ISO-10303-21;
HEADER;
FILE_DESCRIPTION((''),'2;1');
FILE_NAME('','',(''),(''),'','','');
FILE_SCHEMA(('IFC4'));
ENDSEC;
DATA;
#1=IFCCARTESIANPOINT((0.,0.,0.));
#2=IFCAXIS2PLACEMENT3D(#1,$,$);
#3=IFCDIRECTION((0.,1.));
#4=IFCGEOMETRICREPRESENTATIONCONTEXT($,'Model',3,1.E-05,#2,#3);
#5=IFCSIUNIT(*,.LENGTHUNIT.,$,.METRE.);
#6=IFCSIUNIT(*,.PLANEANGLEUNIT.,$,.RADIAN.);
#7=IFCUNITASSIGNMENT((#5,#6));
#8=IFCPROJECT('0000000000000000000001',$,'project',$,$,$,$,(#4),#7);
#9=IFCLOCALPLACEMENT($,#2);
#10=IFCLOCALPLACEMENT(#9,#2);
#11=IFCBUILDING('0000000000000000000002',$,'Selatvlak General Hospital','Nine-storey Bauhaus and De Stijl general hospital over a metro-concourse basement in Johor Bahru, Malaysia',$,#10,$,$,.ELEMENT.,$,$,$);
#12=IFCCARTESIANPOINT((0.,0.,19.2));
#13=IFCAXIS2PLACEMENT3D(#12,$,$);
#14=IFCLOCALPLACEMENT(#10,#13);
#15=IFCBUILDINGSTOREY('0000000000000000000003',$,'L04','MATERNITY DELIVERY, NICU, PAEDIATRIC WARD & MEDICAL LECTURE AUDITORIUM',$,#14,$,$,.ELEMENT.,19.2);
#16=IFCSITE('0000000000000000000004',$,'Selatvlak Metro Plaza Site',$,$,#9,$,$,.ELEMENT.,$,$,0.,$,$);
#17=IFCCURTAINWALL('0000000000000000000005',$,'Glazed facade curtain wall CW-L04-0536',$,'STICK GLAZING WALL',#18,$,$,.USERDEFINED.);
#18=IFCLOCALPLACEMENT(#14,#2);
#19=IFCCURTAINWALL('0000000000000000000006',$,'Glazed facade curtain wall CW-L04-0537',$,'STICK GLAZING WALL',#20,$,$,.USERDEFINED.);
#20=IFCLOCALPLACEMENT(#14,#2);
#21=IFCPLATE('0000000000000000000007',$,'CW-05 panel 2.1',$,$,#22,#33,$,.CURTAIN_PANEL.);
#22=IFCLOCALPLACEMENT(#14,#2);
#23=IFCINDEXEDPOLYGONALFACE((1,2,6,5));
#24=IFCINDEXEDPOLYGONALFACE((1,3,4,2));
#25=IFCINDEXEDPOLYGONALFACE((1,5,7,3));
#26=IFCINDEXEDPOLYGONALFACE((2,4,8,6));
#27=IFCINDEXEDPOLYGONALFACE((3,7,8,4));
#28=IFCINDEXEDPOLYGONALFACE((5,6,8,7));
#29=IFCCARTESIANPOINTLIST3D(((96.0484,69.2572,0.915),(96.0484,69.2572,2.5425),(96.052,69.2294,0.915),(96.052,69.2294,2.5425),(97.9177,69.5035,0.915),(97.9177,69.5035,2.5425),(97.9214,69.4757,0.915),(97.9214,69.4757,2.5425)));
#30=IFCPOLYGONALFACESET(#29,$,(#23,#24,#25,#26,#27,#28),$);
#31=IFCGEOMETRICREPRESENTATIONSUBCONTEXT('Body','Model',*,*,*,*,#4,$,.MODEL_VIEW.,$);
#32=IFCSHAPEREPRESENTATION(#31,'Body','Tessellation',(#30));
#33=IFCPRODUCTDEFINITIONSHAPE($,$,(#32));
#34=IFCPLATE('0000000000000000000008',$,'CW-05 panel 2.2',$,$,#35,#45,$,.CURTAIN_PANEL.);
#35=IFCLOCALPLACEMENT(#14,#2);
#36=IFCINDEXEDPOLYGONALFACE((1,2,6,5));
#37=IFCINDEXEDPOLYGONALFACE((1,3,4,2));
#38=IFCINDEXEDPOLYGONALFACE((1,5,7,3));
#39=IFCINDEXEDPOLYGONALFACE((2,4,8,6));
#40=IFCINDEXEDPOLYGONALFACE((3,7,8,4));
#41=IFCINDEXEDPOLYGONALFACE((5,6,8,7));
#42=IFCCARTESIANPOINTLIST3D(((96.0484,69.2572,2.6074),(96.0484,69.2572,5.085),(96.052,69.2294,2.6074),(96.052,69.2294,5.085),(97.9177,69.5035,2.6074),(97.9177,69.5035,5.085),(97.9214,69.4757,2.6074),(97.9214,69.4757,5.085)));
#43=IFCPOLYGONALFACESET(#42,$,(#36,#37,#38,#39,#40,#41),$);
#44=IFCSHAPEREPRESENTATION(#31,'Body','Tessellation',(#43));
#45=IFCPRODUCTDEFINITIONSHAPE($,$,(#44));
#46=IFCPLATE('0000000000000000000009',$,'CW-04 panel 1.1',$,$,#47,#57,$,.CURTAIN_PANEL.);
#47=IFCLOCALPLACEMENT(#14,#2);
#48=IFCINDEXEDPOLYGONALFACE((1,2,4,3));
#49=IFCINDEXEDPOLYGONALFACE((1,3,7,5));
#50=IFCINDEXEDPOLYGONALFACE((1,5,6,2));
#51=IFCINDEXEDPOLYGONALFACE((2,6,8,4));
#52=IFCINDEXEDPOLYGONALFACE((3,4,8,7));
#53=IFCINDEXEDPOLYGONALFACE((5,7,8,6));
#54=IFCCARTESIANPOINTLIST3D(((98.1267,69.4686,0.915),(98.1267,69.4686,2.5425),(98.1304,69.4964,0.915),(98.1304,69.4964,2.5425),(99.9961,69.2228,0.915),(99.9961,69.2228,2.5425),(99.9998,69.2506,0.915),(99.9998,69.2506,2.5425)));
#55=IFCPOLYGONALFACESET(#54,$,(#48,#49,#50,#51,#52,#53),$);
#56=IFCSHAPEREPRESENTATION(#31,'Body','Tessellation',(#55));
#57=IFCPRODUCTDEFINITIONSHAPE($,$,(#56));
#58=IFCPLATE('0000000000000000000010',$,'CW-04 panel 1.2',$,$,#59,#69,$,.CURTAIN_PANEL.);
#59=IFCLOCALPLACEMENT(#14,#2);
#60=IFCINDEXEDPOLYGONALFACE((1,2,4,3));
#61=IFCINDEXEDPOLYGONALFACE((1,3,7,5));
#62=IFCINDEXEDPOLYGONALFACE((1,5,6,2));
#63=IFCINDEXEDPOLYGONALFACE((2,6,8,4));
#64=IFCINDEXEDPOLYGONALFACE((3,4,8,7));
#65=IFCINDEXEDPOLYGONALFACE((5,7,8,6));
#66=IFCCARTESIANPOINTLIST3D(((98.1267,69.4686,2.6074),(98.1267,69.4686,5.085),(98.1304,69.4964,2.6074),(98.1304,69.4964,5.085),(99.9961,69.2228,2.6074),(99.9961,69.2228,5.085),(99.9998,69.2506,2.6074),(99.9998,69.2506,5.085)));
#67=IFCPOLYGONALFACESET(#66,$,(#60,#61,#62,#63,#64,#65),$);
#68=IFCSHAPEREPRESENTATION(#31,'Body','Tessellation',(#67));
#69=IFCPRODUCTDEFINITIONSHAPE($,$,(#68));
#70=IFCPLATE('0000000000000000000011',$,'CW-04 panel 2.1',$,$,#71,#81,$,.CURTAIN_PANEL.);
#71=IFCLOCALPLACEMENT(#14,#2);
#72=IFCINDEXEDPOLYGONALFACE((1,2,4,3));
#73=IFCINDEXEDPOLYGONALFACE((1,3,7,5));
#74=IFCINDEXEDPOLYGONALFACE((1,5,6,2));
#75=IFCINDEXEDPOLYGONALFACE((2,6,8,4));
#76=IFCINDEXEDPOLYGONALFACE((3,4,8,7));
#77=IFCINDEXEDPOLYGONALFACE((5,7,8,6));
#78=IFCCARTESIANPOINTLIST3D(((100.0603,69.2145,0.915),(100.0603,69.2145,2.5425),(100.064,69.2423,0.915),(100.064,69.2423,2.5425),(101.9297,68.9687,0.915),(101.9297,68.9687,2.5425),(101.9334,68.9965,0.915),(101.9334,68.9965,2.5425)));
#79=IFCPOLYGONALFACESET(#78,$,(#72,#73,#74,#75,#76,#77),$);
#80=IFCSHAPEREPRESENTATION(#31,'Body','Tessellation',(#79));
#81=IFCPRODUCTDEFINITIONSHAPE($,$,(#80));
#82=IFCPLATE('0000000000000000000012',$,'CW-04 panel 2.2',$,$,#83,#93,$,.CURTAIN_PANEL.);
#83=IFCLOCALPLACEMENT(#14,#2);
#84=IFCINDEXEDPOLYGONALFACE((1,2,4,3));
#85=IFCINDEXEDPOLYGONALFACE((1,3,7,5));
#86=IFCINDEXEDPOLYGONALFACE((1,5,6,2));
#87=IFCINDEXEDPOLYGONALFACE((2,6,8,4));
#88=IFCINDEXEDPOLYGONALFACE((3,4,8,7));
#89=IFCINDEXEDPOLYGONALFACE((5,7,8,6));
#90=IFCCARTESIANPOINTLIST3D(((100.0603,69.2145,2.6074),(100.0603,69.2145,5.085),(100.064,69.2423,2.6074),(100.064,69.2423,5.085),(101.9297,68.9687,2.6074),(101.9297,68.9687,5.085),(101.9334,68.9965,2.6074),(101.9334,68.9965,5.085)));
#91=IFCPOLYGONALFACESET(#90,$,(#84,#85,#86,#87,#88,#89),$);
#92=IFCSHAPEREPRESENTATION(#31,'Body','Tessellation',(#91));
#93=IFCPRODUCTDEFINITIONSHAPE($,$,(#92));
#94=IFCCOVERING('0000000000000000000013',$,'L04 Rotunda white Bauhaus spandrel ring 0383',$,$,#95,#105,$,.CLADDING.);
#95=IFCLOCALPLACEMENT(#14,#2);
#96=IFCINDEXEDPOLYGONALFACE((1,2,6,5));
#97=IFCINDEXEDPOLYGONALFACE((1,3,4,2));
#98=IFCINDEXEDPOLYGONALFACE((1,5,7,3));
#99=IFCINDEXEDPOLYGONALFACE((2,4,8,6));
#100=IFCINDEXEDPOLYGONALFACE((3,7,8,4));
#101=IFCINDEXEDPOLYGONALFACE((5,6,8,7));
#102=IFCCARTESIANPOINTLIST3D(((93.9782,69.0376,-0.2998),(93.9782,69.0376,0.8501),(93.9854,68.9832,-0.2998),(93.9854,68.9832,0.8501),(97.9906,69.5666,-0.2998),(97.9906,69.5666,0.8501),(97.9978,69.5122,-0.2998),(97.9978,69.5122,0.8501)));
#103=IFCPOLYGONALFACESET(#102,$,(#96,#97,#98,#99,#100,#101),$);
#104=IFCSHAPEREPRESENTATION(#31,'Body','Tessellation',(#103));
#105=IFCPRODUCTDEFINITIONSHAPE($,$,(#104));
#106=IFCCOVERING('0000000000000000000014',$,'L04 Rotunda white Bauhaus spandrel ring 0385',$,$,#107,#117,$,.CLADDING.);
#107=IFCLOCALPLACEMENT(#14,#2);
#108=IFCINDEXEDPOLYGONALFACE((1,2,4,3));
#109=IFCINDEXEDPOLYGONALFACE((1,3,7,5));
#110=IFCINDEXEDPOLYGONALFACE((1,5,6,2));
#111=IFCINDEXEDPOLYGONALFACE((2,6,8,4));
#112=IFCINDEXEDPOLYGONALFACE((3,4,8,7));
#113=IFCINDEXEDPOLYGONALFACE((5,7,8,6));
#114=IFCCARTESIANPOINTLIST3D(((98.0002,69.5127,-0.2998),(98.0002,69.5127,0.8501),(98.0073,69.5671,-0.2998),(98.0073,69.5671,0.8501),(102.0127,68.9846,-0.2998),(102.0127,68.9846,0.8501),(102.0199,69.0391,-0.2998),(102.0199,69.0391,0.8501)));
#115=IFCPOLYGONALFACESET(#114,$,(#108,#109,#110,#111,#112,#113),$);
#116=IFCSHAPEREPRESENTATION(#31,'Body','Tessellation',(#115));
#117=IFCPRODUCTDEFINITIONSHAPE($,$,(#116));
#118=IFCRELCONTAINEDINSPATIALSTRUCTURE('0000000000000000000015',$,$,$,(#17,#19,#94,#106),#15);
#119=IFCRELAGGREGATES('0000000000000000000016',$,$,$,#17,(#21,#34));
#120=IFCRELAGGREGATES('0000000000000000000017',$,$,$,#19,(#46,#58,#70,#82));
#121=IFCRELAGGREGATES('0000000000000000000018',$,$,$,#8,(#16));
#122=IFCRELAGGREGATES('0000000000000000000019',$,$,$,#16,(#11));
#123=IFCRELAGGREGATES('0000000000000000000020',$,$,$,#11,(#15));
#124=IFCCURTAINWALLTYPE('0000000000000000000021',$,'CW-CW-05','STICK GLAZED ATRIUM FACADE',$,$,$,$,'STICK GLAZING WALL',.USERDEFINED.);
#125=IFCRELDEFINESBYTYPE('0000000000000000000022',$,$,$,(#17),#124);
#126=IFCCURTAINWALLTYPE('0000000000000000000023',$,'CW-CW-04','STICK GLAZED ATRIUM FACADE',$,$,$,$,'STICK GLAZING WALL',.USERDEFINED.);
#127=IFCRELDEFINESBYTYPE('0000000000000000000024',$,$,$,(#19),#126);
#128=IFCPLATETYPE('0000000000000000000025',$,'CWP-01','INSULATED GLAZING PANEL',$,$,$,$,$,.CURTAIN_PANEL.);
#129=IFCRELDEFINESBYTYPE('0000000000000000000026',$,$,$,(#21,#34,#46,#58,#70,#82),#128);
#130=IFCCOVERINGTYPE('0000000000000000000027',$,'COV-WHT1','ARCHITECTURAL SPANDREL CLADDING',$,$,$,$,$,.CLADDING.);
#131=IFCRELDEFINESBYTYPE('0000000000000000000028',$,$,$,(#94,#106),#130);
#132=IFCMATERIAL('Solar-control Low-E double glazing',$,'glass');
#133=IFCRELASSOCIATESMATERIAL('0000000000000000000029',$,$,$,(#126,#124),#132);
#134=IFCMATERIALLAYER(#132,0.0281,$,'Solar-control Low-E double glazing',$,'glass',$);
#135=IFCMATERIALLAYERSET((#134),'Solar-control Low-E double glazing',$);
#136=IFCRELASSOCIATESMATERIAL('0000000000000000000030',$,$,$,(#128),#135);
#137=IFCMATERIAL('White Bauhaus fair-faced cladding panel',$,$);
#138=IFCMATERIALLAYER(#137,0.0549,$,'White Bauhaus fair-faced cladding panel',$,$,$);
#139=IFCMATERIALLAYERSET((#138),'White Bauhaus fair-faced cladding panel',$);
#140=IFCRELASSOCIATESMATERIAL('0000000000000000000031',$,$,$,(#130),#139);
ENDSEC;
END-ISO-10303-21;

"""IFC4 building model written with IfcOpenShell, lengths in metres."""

from ifc_helpers import new_model, si_unit, direction, frame, origin, origin_2d, place, context, subcontext, project, spatial, rectangle, extrude, material, layer, layer_set, type_object, element, aggregate, save


model = new_model("IFC4")

# Units and contexts
model_context = context("Model", 3, precision=1e-05, world=origin(), true_north=direction((0.0, 1.0)))
body_context = subcontext(model_context, "Body", "Model", "MODEL_VIEW")
ifc_project = project(units=[si_unit("LENGTHUNIT", "METRE"), si_unit("PLANEANGLEUNIT", "RADIAN")], contexts=[model_context])

# Site, building, storey
site_placement = place(None, origin())
site = spatial("IfcSite", under=ifc_project, at=site_placement, Name="Selatvlak Metro Plaza Site", CompositionType="ELEMENT", RefElevation=0.0)
building_placement = place(site_placement, origin())
building = spatial("IfcBuilding", under=site, at=building_placement, Name="Selatvlak General Hospital", Description="Nine-storey Bauhaus and De Stijl general hospital over a metro-concourse basement in Johor Bahru, Malaysia", CompositionType="ELEMENT")
storey_placement = place(building_placement, frame((0.0, 0.0, 19.2)))
storey = spatial("IfcBuildingStorey", under=building, at=storey_placement, Name="L04", Description="MATERNITY DELIVERY, NICU, PAEDIATRIC WARD & MEDICAL LECTURE AUDITORIUM", CompositionType="ELEMENT", Elevation=19.2)

# Shared definitions
ifc_material_1 = material(Name="Solar-control Low-E double glazing", Category="glass")
curtain_wall_type_1 = type_object("IfcCurtainWallType", Name="CW-CW-04", Description="STICK GLAZED ATRIUM FACADE", ElementType="STICK GLAZING WALL", PredefinedType="USERDEFINED", material=ifc_material_1)

# Curtain walls
curtain_wall_type_2 = type_object("IfcCurtainWallType", Name="CW-CW-05", Description="STICK GLAZED ATRIUM FACADE", ElementType="STICK GLAZING WALL", PredefinedType="USERDEFINED", material=ifc_material_1)
curtain_wall_1_placement = place(storey_placement, origin())
curtain_wall_1 = element("IfcCurtainWall", 1, at=curtain_wall_1_placement, inside=storey, type_object=curtain_wall_type_2, Name="Glazed facade curtain wall CW-L04-0536", ObjectType="STICK GLAZING WALL", PredefinedType="USERDEFINED")
curtain_wall_2_placement = place(storey_placement, origin())
curtain_wall_2 = element("IfcCurtainWall", 2, at=curtain_wall_2_placement, inside=storey, type_object=curtain_wall_type_1, Name="Glazed facade curtain wall CW-L04-0537", ObjectType="STICK GLAZING WALL", PredefinedType="USERDEFINED")

# Plates
ifc_layer_1 = layer(ifc_material_1, 0.0281, Name="Solar-control Low-E double glazing", Category="glass")
ifc_layer_set_1 = layer_set([ifc_layer_1], Name="Solar-control Low-E double glazing")
plate_type = type_object("IfcPlateType", Name="CWP-01", Description="INSULATED GLAZING PANEL", PredefinedType="CURTAIN_PANEL", material=ifc_layer_set_1)
plate_1_placement = place(storey_placement, frame((96.9849, 69.3665, 0.915), z_axis=(0.0, 0.0, 1.0), x_axis=(0.991434, 0.130611, 0.0)))
plate_1 = element("IfcPlate", 3, at=plate_1_placement, type_object=plate_type, Name="CW-05 panel 2.1", PredefinedType="CURTAIN_PANEL", context=body_context, shape_type="SweptSolid", body=[
    extrude(rectangle(XDim=1.8855, YDim=0.0281, at=origin_2d()), origin(), (0.0, 0.0, 1.0), 1.6274),
])
plate_2_placement = place(storey_placement, frame((96.9849, 69.3665, 2.6074), z_axis=(0.0, 0.0, 1.0), x_axis=(0.991434, 0.130611, 0.0)))
plate_2 = element("IfcPlate", 4, at=plate_2_placement, type_object=plate_type, Name="CW-05 panel 2.2", PredefinedType="CURTAIN_PANEL", context=body_context, shape_type="SweptSolid", body=[
    extrude(rectangle(XDim=1.8855, YDim=0.0281, at=origin_2d()), origin(), (0.0, 0.0, 1.0), 2.4775),
])
aggregate(curtain_wall_1, [plate_1, plate_2])
plate_3_placement = place(storey_placement, frame((99.0632, 69.3596, 0.915), z_axis=(0.0, 0.0, 1.0), x_axis=(0.991466, -0.130363, 0.0)))
plate_3 = element("IfcPlate", 5, at=plate_3_placement, type_object=plate_type, Name="CW-04 panel 1.1", PredefinedType="CURTAIN_PANEL", context=body_context, shape_type="SweptSolid", body=[
    extrude(rectangle(XDim=1.8855, YDim=0.0281, at=origin_2d()), origin(), (0.0, 0.0, 1.0), 1.6274),
])
plate_4_placement = place(storey_placement, frame((99.0632, 69.3596, 2.6074), z_axis=(0.0, 0.0, 1.0), x_axis=(0.991466, -0.130363, 0.0)))
plate_4 = element("IfcPlate", 6, at=plate_4_placement, type_object=plate_type, Name="CW-04 panel 1.2", PredefinedType="CURTAIN_PANEL", context=body_context, shape_type="SweptSolid", body=[
    extrude(rectangle(XDim=1.8855, YDim=0.0281, at=origin_2d()), origin(), (0.0, 0.0, 1.0), 2.4775),
])
plate_5_placement = place(storey_placement, frame((100.9968, 69.1055, 0.915), z_axis=(0.0, 0.0, 1.0), x_axis=(0.991466, -0.130363, 0.0)))
plate_5 = element("IfcPlate", 7, at=plate_5_placement, type_object=plate_type, Name="CW-04 panel 2.1", PredefinedType="CURTAIN_PANEL", context=body_context, shape_type="SweptSolid", body=[
    extrude(rectangle(XDim=1.8855, YDim=0.0281, at=origin_2d()), origin(), (0.0, 0.0, 1.0), 1.6274),
])
plate_6_placement = place(storey_placement, frame((100.9968, 69.1055, 2.6074), z_axis=(0.0, 0.0, 1.0), x_axis=(0.991466, -0.130363, 0.0)))
plate_6 = element("IfcPlate", 8, at=plate_6_placement, type_object=plate_type, Name="CW-04 panel 2.2", PredefinedType="CURTAIN_PANEL", context=body_context, shape_type="SweptSolid", body=[
    extrude(rectangle(XDim=1.8855, YDim=0.0281, at=origin_2d()), origin(), (0.0, 0.0, 1.0), 2.4775),
])
aggregate(curtain_wall_2, [plate_3, plate_4, plate_5, plate_6])

# Coverings
ifc_material_2 = material(Name="White Bauhaus fair-faced cladding panel")
ifc_layer_2 = layer(ifc_material_2, 0.0549, Name="White Bauhaus fair-faced cladding panel")
ifc_layer_set_2 = layer_set([ifc_layer_2], Name="White Bauhaus fair-faced cladding panel")
covering_type = type_object("IfcCoveringType", Name="COV-WHT1", Description="ARCHITECTURAL SPANDREL CLADDING", PredefinedType="CLADDING", material=ifc_layer_set_2)
for number, where, z_axis, x_axis, name in (
    (9, (95.988, 69.2749, -0.2998), (0.0, 0.0, 1.0), (0.99142, 0.130717, 0.0), "L04 Rotunda white Bauhaus spandrel ring 0383"),
    (10, (100.01, 69.2759, -0.2998), (0.0, 0.0, 1.0), (0.991452, -0.130474, 0.0), "L04 Rotunda white Bauhaus spandrel ring 0385"),
):
    element("IfcCovering", number, at=place(storey_placement, frame(where, z_axis=z_axis, x_axis=x_axis)), inside=storey, type_object=covering_type, Name=name, PredefinedType="CLADDING", context=body_context, shape_type="SweptSolid", body=[
        extrude(rectangle(XDim=4.0471, YDim=0.0549, at=origin_2d()), origin(), (0.0, 0.0, 1.0), 1.1499),
    ])

save(model, "model.ifc")
